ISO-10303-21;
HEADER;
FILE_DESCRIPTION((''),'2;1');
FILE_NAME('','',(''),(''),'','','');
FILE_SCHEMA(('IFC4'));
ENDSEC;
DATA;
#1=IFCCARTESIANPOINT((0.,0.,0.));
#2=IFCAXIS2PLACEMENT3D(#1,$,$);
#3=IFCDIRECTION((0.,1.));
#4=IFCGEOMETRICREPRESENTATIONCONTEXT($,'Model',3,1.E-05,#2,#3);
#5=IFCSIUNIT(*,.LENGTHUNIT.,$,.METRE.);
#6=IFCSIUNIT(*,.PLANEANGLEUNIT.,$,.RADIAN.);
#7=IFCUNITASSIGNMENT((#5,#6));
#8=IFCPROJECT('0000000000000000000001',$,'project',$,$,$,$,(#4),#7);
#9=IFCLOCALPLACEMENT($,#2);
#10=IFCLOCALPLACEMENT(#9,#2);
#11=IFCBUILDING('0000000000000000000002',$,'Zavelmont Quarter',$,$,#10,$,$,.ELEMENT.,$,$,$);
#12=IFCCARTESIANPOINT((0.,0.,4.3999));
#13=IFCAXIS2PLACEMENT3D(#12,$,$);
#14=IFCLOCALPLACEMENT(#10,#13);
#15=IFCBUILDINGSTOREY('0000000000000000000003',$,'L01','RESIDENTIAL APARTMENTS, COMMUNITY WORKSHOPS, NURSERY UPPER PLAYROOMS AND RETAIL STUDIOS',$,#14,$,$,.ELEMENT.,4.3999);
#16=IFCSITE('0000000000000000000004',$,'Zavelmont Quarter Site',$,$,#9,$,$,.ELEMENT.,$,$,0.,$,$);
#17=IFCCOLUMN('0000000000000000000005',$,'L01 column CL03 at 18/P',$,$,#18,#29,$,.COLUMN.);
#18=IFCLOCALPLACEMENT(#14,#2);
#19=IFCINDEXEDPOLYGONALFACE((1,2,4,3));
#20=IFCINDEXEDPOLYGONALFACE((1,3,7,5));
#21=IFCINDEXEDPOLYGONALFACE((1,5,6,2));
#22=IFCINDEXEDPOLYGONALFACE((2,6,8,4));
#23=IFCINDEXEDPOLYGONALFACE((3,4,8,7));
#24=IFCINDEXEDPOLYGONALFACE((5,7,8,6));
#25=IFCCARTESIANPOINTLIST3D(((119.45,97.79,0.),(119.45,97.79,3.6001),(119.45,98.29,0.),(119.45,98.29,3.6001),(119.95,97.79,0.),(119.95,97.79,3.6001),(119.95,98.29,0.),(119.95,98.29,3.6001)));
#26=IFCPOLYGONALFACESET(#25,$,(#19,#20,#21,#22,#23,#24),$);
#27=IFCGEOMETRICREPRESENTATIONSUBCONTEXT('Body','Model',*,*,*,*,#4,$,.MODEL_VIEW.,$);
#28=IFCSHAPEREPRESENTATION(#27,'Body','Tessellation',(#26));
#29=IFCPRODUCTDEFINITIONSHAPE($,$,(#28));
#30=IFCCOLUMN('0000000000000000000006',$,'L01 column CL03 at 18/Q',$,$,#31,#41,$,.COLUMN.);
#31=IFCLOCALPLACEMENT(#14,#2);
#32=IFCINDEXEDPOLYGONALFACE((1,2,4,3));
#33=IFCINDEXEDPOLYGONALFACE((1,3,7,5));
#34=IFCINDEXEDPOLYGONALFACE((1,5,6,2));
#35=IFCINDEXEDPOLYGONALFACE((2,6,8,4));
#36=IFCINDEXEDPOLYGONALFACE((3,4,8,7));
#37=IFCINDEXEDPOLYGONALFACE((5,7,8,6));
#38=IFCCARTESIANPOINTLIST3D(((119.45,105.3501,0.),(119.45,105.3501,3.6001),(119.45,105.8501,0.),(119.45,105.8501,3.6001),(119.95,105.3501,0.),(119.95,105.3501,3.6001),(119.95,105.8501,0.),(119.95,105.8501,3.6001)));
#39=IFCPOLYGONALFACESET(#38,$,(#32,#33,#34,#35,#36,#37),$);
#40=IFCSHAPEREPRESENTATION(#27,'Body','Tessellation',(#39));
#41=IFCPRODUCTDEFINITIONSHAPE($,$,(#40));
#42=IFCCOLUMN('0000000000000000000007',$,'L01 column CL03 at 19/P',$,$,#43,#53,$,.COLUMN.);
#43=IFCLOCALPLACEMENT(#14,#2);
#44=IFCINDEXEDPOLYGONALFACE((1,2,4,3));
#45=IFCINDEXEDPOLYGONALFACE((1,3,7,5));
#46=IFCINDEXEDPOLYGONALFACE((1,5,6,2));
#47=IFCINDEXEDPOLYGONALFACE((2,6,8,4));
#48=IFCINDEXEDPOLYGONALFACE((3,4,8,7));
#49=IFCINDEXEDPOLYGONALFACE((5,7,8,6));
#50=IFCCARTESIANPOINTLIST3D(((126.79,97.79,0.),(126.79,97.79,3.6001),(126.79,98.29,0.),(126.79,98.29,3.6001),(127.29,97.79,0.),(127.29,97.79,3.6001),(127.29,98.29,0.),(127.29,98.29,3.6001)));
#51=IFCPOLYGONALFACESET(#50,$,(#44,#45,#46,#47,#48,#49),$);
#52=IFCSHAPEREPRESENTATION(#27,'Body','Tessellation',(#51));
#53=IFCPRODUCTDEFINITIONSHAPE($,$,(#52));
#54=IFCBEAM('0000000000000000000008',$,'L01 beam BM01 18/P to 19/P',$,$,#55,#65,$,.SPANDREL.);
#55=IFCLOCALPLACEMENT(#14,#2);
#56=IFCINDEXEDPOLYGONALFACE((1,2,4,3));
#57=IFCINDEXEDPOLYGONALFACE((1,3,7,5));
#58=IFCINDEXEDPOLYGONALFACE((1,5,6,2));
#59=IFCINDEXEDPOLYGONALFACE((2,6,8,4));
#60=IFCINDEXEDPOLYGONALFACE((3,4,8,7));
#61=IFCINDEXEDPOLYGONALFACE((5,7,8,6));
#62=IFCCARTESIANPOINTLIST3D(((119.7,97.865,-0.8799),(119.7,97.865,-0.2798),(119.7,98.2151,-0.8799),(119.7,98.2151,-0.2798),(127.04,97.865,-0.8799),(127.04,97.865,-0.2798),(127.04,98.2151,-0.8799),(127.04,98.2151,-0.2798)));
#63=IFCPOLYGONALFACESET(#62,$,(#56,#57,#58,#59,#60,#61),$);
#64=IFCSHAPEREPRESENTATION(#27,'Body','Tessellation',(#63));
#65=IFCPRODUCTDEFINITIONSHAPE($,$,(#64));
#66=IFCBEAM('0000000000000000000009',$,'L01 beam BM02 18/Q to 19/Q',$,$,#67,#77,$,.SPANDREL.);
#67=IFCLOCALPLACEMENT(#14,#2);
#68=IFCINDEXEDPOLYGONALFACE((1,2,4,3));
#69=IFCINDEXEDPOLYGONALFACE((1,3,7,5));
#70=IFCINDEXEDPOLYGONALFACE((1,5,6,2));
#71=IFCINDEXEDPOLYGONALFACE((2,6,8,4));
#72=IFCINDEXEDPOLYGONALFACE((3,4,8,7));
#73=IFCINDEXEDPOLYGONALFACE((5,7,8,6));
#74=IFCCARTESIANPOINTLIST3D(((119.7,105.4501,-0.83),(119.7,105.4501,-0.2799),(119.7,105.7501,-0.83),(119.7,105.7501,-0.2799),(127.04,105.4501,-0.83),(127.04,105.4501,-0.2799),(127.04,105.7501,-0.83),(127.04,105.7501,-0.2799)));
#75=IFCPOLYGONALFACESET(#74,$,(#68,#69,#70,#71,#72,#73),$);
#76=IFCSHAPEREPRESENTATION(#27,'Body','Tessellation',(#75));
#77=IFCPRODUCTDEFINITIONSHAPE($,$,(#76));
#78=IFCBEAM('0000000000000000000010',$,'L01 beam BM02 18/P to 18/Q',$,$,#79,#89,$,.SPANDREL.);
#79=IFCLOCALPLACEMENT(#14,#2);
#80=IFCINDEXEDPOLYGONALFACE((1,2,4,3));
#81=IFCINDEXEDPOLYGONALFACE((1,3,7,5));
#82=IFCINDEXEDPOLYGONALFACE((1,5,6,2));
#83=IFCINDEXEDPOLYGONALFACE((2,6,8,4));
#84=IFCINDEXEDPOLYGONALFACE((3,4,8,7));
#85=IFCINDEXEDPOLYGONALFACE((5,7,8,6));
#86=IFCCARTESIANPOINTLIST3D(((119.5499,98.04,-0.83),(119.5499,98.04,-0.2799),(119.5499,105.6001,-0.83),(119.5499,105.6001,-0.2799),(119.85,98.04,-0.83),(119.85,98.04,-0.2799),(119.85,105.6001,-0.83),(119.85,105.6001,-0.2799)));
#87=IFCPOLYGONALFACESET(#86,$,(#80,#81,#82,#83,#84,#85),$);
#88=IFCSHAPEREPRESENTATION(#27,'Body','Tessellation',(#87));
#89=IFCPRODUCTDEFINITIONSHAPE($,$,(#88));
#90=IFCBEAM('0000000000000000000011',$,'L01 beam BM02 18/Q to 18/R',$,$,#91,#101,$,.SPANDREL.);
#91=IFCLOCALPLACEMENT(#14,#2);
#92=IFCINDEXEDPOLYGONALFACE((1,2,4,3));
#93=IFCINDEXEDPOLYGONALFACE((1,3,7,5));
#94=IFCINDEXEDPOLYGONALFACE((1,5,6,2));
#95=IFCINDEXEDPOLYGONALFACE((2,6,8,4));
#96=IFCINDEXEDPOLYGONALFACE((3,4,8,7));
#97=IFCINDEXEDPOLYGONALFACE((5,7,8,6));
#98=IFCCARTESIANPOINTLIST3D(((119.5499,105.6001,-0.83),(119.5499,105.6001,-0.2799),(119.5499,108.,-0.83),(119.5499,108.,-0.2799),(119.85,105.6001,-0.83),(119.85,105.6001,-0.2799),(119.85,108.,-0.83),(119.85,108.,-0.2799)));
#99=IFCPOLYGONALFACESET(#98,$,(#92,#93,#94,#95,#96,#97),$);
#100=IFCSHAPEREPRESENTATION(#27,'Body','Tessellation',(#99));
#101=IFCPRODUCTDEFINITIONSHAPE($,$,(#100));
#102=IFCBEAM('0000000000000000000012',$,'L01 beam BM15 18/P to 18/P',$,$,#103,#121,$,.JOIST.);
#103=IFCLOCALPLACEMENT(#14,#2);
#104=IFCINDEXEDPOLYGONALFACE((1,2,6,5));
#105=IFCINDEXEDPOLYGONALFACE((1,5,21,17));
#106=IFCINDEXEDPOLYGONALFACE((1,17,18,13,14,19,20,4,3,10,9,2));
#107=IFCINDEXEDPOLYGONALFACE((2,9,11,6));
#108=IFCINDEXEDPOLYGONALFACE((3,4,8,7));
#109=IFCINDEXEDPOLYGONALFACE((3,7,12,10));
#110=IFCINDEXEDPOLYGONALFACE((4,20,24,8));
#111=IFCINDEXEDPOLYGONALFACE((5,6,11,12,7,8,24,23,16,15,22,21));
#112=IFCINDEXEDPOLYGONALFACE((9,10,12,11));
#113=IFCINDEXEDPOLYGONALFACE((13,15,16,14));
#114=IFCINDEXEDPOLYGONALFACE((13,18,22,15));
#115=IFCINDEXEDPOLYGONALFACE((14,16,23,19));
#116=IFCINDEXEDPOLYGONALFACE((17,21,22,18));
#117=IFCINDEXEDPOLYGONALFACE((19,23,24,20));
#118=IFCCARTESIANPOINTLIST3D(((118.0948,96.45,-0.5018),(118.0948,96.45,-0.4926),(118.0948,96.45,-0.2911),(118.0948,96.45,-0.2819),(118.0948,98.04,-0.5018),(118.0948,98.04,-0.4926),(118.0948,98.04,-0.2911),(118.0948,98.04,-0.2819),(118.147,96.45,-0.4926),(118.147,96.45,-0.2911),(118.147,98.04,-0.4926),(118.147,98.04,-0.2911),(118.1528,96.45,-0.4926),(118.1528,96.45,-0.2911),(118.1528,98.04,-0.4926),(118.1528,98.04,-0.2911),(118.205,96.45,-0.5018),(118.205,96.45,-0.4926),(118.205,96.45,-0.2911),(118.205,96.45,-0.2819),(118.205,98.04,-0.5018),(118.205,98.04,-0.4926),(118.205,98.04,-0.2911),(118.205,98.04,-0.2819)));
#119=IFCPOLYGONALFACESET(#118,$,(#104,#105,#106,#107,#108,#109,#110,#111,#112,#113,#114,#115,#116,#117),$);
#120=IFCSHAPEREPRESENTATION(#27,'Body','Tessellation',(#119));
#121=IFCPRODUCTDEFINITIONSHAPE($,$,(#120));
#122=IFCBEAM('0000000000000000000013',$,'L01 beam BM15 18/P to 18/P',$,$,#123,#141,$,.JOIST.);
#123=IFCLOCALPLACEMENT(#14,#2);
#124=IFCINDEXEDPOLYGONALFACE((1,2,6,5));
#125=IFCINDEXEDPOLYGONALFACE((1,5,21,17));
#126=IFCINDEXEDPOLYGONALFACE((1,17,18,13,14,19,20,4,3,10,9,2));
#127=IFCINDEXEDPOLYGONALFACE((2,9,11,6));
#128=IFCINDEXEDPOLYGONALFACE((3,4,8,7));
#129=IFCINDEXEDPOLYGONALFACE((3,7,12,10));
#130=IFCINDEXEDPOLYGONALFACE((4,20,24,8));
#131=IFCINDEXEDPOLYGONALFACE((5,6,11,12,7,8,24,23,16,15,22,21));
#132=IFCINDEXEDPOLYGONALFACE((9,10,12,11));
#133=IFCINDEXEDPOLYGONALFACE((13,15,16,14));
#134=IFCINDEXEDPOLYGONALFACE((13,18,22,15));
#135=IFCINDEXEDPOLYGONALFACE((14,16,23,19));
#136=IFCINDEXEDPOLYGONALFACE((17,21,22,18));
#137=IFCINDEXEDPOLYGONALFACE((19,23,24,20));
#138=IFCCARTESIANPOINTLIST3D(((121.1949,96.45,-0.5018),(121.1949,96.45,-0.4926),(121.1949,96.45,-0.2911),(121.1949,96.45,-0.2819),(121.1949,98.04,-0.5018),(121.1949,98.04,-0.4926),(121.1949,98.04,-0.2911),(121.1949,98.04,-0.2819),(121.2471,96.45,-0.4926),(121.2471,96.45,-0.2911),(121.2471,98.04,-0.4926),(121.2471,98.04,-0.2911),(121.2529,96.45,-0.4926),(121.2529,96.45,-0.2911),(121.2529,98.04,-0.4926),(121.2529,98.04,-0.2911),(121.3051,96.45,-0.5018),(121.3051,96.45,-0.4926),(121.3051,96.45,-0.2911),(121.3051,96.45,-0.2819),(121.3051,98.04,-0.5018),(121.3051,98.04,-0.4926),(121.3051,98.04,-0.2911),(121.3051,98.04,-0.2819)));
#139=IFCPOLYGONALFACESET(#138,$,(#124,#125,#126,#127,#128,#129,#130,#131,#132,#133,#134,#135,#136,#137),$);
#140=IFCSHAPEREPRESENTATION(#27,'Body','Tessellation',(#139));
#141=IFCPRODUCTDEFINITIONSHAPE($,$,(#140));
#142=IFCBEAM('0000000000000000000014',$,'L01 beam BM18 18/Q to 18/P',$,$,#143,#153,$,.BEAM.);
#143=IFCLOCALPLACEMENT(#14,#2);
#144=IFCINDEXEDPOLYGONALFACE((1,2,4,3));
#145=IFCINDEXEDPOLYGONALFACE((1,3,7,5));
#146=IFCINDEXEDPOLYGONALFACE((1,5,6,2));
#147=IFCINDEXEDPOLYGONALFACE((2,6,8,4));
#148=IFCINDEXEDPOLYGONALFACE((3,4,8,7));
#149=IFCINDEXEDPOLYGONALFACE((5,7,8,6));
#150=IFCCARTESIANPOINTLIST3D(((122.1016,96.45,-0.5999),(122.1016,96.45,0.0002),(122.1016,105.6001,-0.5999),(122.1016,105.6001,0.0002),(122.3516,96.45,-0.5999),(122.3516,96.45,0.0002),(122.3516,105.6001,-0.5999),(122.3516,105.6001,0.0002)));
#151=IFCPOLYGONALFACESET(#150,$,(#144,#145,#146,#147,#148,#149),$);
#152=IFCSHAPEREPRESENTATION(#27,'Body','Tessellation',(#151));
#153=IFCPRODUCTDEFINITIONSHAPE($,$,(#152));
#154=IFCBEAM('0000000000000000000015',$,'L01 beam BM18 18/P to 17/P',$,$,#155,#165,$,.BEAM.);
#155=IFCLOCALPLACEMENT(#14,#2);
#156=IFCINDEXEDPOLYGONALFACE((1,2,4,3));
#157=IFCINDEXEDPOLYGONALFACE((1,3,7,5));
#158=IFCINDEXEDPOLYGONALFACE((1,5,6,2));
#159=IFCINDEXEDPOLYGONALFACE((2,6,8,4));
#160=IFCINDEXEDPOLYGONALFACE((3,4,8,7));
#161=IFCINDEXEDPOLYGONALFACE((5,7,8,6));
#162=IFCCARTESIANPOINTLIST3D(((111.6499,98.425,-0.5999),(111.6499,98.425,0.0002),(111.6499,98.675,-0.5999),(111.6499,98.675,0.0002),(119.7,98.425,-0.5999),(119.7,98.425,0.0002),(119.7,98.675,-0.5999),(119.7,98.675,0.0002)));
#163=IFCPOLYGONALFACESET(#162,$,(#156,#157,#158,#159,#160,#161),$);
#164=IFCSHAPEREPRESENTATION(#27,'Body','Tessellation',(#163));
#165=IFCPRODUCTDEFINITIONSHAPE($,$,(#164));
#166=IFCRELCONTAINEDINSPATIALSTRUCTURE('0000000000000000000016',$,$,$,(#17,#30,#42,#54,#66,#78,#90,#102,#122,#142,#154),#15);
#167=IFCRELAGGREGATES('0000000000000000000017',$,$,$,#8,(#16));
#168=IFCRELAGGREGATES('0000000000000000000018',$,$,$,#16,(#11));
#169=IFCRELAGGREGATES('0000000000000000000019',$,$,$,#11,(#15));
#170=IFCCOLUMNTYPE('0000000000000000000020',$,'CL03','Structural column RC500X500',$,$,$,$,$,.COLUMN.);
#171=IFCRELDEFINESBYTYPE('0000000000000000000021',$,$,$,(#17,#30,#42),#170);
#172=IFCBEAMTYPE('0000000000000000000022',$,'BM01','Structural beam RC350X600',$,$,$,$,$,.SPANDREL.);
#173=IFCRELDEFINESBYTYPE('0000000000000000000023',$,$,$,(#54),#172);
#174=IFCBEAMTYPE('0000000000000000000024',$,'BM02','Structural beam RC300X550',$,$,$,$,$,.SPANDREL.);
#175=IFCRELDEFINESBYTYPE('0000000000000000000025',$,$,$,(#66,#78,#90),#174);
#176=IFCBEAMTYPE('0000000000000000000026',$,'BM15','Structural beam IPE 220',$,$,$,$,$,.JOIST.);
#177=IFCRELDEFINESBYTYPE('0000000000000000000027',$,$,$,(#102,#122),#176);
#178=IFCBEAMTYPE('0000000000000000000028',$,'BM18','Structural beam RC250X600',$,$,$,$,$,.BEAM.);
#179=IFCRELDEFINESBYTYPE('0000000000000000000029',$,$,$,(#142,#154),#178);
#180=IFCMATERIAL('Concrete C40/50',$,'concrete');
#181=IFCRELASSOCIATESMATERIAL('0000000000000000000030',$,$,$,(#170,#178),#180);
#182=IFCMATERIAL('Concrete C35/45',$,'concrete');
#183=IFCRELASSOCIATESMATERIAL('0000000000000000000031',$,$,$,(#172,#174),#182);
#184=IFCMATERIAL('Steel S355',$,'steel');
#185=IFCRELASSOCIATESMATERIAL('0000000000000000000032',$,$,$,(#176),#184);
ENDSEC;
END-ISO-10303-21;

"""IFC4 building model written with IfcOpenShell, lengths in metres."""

from ifc_helpers import new_model, si_unit, direction, frame, origin, origin_2d, place, context, subcontext, project, spatial, rectangle, i_section, extrude, material, material_profile, profile_set, type_object, element, save


model = new_model("IFC4")

# Units and contexts
model_context = context("Model", 3, precision=1e-05, world=origin(), true_north=direction((0.0, 1.0)))
body_context = subcontext(model_context, "Body", "Model", "MODEL_VIEW")
ifc_project = project(units=[si_unit("LENGTHUNIT", "METRE"), si_unit("PLANEANGLEUNIT", "RADIAN")], contexts=[model_context])

# Site, building, storey
site_placement = place(None, origin())
site = spatial("IfcSite", under=ifc_project, at=site_placement, Name="Zavelmont Quarter Site", CompositionType="ELEMENT", RefElevation=0.0)
building_placement = place(site_placement, origin())
building = spatial("IfcBuilding", under=site, at=building_placement, Name="Zavelmont Quarter", CompositionType="ELEMENT")
storey_placement = place(building_placement, frame((0.0, 0.0, 4.3999)))
storey = spatial("IfcBuildingStorey", under=building, at=storey_placement, Name="L01", Description="RESIDENTIAL APARTMENTS, COMMUNITY WORKSHOPS, NURSERY UPPER PLAYROOMS AND RETAIL STUDIOS", CompositionType="ELEMENT", Elevation=4.3999)

# Columns
ifc_material_1 = material(Name="Concrete C40/50", Category="concrete")
ifc_material_profile_1 = material_profile(ifc_material_1, rectangle(XDim=0.5, YDim=0.5, at=origin_2d()), Name="RC500X500")
ifc_profile_set_1 = profile_set([ifc_material_profile_1], Name="Concrete C40/50")
column_type = type_object("IfcColumnType", Name="CL03", Description="Structural column RC500X500", PredefinedType="COLUMN", material=ifc_profile_set_1)
for number, where, z_axis, x_axis, name in (
    (1, (119.7, 98.04, 0.0), (0.0, 0.0, 1.0), (1.0, 0.0, 0.0), "L01 column CL03 at 18/P"),
    (2, (119.7, 105.6001, 0.0), (0.0, 0.0, 1.0), (1.0, 0.0, 0.0), "L01 column CL03 at 18/Q"),
    (3, (127.04, 98.04, 0.0), (0.0, 0.0, 1.0), (1.0, 0.0, 0.0), "L01 column CL03 at 19/P"),
):
    element("IfcColumn", number, at=place(storey_placement, frame(where, z_axis=z_axis, x_axis=x_axis)), inside=storey, type_object=column_type, Name=name, PredefinedType="COLUMN", context=body_context, shape_type="SweptSolid", body=[
        extrude(rectangle(XDim=0.5, YDim=0.5, at=origin_2d()), origin(), (0.0, 0.0, 1.0), 3.6001),
    ])

# Beams
ifc_material_2 = material(Name="Concrete C35/45", Category="concrete")
ifc_material_profile_2 = material_profile(ifc_material_2, rectangle(XDim=0.3501, YDim=0.6001, at=origin_2d()), Name="RC350X600")
ifc_profile_set_2 = profile_set([ifc_material_profile_2], Name="Concrete C35/45")
beam_type_1 = type_object("IfcBeamType", Name="BM01", Description="Structural beam RC350X600", PredefinedType="SPANDREL", material=ifc_profile_set_2)
beam_1_placement = place(storey_placement, frame((119.7, 98.04, -0.5798), z_axis=(1.0, 0.0, 0.0), x_axis=(0.0, 1.0, 0.0)))
element("IfcBeam", 4, at=beam_1_placement, inside=storey, type_object=beam_type_1, Name="L01 beam BM01 18/P to 19/P", PredefinedType="SPANDREL", context=body_context, shape_type="SweptSolid", body=[
    extrude(rectangle(XDim=0.3501, YDim=0.6001, at=origin_2d()), origin(), (0.0, 0.0, 1.0), 7.3401),
])
ifc_material_profile_3 = material_profile(ifc_material_2, rectangle(XDim=0.3, YDim=0.55, at=origin_2d()), Name="RC300X550")
ifc_profile_set_3 = profile_set([ifc_material_profile_3], Name="Concrete C35/45")
beam_type_2 = type_object("IfcBeamType", Name="BM02", Description="Structural beam RC300X550", PredefinedType="SPANDREL", material=ifc_profile_set_3)
beam_2_placement = place(storey_placement, frame((119.7, 105.6001, -0.5549), z_axis=(1.0, 0.0, 0.0), x_axis=(0.0, 1.0, 0.0)))
element("IfcBeam", 5, at=beam_2_placement, inside=storey, type_object=beam_type_2, Name="L01 beam BM02 18/Q to 19/Q", PredefinedType="SPANDREL", context=body_context, shape_type="SweptSolid", body=[
    extrude(rectangle(XDim=0.3, YDim=0.55, at=origin_2d()), origin(), (0.0, 0.0, 1.0), 7.3401),
])
beam_3_placement = place(storey_placement, frame((119.7, 98.04, -0.5549), z_axis=(0.0, 1.0, 0.0), x_axis=(-1.0, 0.0, 0.0)))
element("IfcBeam", 6, at=beam_3_placement, inside=storey, type_object=beam_type_2, Name="L01 beam BM02 18/P to 18/Q", PredefinedType="SPANDREL", context=body_context, shape_type="SweptSolid", body=[
    extrude(rectangle(XDim=0.3, YDim=0.55, at=origin_2d()), origin(), (0.0, 0.0, 1.0), 7.5601),
])
beam_4_placement = place(storey_placement, frame((119.7, 105.6001, -0.5549), z_axis=(0.0, 1.0, 0.0), x_axis=(-1.0, 0.0, 0.0)))
element("IfcBeam", 7, at=beam_4_placement, inside=storey, type_object=beam_type_2, Name="L01 beam BM02 18/Q to 18/R", PredefinedType="SPANDREL", context=body_context, shape_type="SweptSolid", body=[
    extrude(rectangle(XDim=0.3, YDim=0.55, at=origin_2d()), origin(), (0.0, 0.0, 1.0), 2.3999),
])
ifc_material_3 = material(Name="Steel S355", Category="steel")
ifc_material_profile_4 = material_profile(ifc_material_3, i_section(OverallWidth=0.1101, OverallDepth=0.22, WebThickness=0.0059, FlangeThickness=0.0093, at=origin_2d()), Name="IPE 220")
ifc_profile_set_4 = profile_set([ifc_material_profile_4], Name="Steel S355")
beam_type_3 = type_object("IfcBeamType", Name="BM15", Description="Structural beam IPE 220", PredefinedType="JOIST", material=ifc_profile_set_4)
for number, where, z_axis, x_axis, name in (
    (8, (118.1499, 98.04, -0.3918), (0.0, -1.0, 0.0), (1.0, 0.0, 0.0), "L01 beam BM15 18/P to 18/P"),
    (9, (121.25, 98.04, -0.3918), (0.0, -1.0, 0.0), (1.0, 0.0, 0.0), "L01 beam BM15 18/P to 18/P"),
):
    element("IfcBeam", number, at=place(storey_placement, frame(where, z_axis=z_axis, x_axis=x_axis)), inside=storey, type_object=beam_type_3, Name=name, PredefinedType="JOIST", context=body_context, shape_type="SweptSolid", body=[
        extrude(i_section(OverallWidth=0.1101, OverallDepth=0.22, WebThickness=0.0059, FlangeThickness=0.0093, at=origin_2d()), origin(), (0.0, 0.0, 1.0), 1.5901),
    ])
ifc_material_profile_5 = material_profile(ifc_material_1, rectangle(XDim=0.25, YDim=0.6001, at=origin_2d()), Name="RC250X600")
ifc_profile_set_5 = profile_set([ifc_material_profile_5], Name="Concrete C40/50")
beam_type_4 = type_object("IfcBeamType", Name="BM18", Description="Structural beam RC250X600", PredefinedType="BEAM", material=ifc_profile_set_5)
beam_5_placement = place(storey_placement, frame((122.2266, 105.6001, -0.2998), z_axis=(0.0, -1.0, 0.0), x_axis=(1.0, 0.0, 0.0)))
element("IfcBeam", 10, at=beam_5_placement, inside=storey, type_object=beam_type_4, Name="L01 beam BM18 18/Q to 18/P", PredefinedType="BEAM", context=body_context, shape_type="SweptSolid", body=[
    extrude(rectangle(XDim=0.25, YDim=0.6001, at=origin_2d()), origin(), (0.0, 0.0, 1.0), 9.1501),
])
beam_6_placement = place(storey_placement, frame((119.7, 98.55, -0.2998), z_axis=(-1.0, 0.0, 0.0), x_axis=(0.0, -1.0, 0.0)))
element("IfcBeam", 11, at=beam_6_placement, inside=storey, type_object=beam_type_4, Name="L01 beam BM18 18/P to 17/P", PredefinedType="BEAM", context=body_context, shape_type="SweptSolid", body=[
    extrude(rectangle(XDim=0.25, YDim=0.6001, at=origin_2d()), origin(), (0.0, 0.0, 1.0), 8.05),
])

save(model, "model.ifc")
